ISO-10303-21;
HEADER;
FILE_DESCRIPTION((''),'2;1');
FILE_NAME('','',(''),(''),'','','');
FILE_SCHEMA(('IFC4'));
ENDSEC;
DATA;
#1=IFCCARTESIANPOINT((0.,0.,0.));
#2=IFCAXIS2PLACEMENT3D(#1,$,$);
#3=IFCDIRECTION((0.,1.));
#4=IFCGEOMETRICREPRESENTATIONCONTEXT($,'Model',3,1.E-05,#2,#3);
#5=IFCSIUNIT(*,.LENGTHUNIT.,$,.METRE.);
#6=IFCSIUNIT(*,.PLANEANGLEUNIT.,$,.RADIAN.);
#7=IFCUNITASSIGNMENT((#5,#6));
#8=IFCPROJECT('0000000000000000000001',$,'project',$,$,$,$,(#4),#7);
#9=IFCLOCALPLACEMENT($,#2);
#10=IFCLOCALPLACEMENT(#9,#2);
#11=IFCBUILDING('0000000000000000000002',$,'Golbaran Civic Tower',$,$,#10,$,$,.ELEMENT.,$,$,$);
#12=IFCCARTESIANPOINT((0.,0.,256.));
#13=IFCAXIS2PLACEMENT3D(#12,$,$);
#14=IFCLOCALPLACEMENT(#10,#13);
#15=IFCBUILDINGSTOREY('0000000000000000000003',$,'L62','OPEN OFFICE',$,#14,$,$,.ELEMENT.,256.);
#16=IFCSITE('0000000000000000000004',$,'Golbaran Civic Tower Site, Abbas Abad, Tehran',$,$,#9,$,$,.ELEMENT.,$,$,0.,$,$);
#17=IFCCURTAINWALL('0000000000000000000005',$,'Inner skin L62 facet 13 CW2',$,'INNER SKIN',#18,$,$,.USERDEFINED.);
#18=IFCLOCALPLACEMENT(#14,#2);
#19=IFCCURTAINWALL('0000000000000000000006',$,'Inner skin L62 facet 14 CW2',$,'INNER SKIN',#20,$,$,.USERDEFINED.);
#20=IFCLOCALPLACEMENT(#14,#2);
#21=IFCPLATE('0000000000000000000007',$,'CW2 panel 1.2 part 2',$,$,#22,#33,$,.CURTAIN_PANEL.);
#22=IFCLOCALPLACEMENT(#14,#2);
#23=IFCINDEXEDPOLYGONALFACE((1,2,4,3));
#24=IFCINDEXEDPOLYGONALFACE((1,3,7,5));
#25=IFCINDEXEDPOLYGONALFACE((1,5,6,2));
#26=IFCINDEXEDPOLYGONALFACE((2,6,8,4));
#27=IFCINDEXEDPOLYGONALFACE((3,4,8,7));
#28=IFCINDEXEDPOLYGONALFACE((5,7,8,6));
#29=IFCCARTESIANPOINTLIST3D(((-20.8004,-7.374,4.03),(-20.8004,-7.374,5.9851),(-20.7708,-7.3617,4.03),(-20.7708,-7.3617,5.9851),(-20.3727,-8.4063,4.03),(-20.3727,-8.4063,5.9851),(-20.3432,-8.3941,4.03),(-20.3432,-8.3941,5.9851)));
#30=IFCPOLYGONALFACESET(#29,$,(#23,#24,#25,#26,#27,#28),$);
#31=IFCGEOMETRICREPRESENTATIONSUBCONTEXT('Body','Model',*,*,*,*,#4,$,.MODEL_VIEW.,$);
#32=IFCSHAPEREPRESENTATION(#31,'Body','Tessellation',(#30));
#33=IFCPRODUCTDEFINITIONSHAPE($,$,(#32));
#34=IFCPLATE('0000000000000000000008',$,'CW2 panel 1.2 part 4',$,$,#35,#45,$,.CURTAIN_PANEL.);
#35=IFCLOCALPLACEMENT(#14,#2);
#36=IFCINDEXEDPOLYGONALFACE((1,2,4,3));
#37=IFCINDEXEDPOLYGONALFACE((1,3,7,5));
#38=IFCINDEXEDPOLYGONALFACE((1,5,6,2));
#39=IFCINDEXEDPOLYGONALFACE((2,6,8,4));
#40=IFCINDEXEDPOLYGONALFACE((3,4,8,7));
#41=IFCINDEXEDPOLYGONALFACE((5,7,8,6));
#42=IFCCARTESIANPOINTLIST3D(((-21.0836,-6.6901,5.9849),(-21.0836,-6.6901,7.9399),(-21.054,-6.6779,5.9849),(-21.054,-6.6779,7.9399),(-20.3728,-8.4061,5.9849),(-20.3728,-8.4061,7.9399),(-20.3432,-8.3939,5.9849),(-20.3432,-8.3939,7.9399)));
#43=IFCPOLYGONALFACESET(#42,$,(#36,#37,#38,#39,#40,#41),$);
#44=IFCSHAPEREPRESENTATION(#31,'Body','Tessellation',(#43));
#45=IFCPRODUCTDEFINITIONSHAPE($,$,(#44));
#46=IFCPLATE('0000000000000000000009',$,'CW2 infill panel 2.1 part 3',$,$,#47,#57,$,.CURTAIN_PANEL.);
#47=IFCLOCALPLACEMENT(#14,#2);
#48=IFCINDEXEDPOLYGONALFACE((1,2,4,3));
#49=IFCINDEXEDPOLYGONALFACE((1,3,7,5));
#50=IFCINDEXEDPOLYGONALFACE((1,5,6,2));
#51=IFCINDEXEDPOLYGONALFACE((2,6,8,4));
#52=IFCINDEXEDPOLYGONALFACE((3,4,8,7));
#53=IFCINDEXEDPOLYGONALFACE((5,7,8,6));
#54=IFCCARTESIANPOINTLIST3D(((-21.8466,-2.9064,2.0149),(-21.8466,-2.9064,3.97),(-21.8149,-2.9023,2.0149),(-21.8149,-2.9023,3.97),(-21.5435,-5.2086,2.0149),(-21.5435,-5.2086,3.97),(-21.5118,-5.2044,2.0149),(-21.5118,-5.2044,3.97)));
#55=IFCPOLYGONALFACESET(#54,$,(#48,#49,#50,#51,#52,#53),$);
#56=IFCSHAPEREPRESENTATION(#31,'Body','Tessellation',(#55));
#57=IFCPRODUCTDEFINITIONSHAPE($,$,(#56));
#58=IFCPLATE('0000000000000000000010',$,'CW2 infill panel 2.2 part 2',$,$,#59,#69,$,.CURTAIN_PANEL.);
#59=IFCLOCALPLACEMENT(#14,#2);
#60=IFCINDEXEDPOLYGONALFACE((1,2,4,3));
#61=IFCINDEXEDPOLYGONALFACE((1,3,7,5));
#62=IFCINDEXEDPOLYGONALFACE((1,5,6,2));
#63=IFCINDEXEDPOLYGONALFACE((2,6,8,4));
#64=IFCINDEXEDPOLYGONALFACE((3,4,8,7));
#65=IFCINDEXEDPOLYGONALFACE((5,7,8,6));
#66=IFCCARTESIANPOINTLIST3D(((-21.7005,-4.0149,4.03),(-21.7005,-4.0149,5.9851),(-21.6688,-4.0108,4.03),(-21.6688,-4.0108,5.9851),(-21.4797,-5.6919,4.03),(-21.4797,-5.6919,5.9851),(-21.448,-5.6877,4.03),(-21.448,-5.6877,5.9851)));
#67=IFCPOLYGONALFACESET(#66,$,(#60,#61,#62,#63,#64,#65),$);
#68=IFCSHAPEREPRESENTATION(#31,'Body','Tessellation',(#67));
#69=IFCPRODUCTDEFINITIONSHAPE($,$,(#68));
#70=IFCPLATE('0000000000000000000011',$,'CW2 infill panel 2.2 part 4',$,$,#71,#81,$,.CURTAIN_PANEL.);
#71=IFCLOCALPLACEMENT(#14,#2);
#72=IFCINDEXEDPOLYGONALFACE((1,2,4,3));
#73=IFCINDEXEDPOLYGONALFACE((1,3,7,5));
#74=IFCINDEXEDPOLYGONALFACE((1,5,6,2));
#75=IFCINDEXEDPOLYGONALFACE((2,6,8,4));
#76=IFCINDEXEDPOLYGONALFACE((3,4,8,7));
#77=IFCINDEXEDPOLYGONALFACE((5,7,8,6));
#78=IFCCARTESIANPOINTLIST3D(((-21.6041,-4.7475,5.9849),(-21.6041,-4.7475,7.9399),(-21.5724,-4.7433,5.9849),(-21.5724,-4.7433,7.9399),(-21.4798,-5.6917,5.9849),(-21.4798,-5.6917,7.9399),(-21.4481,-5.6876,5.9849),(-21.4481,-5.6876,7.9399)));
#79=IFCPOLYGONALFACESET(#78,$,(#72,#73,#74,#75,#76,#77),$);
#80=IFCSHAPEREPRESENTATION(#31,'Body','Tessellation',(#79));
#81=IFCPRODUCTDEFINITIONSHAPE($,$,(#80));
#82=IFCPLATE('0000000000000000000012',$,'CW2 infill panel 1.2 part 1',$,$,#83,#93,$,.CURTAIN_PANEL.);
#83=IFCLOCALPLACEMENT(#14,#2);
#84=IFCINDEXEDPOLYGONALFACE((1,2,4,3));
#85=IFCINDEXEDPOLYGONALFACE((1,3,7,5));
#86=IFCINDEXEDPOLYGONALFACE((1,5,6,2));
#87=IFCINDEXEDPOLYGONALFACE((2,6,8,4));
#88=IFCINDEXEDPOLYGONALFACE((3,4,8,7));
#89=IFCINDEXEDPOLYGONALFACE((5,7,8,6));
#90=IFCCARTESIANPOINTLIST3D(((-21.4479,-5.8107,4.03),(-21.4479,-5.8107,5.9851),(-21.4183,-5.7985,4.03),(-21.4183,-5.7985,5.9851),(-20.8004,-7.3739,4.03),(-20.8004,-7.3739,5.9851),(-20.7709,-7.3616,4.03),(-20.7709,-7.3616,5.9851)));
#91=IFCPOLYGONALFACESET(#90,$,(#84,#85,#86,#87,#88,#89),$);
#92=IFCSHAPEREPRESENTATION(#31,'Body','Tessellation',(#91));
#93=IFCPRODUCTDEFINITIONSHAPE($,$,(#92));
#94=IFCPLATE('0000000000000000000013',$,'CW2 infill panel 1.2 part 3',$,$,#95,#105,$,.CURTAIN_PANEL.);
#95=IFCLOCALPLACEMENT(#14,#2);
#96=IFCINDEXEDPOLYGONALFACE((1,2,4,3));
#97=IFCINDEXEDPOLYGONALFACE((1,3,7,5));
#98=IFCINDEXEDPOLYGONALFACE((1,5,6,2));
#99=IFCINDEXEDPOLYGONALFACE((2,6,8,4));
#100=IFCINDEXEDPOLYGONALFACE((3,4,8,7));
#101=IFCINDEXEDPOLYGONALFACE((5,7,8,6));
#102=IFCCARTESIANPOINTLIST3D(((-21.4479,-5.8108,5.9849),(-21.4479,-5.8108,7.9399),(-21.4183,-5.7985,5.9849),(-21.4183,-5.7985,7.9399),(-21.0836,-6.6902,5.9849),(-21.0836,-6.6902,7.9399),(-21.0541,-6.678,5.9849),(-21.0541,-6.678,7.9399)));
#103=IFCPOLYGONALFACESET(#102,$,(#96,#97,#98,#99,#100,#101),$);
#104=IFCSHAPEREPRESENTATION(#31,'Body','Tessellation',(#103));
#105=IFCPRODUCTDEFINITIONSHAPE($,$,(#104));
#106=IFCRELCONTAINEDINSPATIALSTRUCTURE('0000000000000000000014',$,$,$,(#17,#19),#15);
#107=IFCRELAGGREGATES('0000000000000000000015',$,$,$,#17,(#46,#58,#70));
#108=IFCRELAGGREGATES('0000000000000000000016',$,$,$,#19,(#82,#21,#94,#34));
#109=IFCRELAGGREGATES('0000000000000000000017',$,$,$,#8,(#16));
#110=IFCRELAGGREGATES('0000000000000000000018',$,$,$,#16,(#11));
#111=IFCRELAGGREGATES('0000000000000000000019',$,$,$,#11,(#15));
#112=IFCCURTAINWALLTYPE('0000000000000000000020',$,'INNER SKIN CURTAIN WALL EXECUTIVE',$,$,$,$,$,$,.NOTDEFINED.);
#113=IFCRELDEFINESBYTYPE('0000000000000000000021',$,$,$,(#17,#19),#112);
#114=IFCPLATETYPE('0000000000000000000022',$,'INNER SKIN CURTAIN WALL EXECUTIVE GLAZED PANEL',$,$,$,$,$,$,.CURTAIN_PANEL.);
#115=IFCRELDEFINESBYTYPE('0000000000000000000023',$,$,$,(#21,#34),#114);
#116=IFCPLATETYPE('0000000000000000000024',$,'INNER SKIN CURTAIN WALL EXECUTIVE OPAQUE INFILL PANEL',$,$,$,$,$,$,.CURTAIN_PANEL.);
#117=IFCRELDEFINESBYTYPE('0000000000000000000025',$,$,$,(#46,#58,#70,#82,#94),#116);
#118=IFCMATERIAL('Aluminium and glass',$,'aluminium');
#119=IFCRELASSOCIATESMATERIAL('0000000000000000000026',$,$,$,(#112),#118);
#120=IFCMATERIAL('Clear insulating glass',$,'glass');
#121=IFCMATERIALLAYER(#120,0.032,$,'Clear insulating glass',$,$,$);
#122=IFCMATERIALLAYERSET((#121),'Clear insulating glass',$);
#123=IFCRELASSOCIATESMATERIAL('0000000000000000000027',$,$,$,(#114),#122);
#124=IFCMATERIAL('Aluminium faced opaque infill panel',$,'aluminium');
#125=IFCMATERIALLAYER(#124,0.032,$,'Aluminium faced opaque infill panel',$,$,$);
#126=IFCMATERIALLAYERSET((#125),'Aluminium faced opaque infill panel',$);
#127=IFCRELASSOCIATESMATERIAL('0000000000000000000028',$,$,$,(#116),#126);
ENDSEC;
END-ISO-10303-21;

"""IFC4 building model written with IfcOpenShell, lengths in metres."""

from ifc_helpers import new_model, si_unit, direction, frame, origin, origin_2d, place, context, subcontext, project, spatial, rectangle, extrude, material, layer, layer_set, type_object, element, aggregate, save


model = new_model("IFC4")

# Units and contexts
model_context = context("Model", 3, precision=1e-05, world=origin(), true_north=direction((0.0, 1.0)))
body_context = subcontext(model_context, "Body", "Model", "MODEL_VIEW")
ifc_project = project(units=[si_unit("LENGTHUNIT", "METRE"), si_unit("PLANEANGLEUNIT", "RADIAN")], contexts=[model_context])

# Site, building, storey
site_placement = place(None, origin())
site = spatial("IfcSite", under=ifc_project, at=site_placement, Name="Golbaran Civic Tower Site, Abbas Abad, Tehran", CompositionType="ELEMENT", RefElevation=0.0)
building_placement = place(site_placement, origin())
building = spatial("IfcBuilding", under=site, at=building_placement, Name="Golbaran Civic Tower", CompositionType="ELEMENT")
storey_placement = place(building_placement, frame((0.0, 0.0, 256.0)))
storey = spatial("IfcBuildingStorey", under=building, at=storey_placement, Name="L62", Description="OPEN OFFICE", CompositionType="ELEMENT", Elevation=256.0)

# Curtain walls
ifc_material_1 = material(Name="Aluminium and glass", Category="aluminium")
curtain_wall_type = type_object("IfcCurtainWallType", Name="INNER SKIN CURTAIN WALL EXECUTIVE", PredefinedType="NOTDEFINED", material=ifc_material_1)
curtain_wall_1_placement = place(storey_placement, origin())
curtain_wall_1 = element("IfcCurtainWall", 1, at=curtain_wall_1_placement, inside=storey, type_object=curtain_wall_type, Name="Inner skin L62 facet 13 CW2", ObjectType="INNER SKIN", PredefinedType="USERDEFINED")
curtain_wall_2_placement = place(storey_placement, origin())
curtain_wall_2 = element("IfcCurtainWall", 2, at=curtain_wall_2_placement, inside=storey, type_object=curtain_wall_type, Name="Inner skin L62 facet 14 CW2", ObjectType="INNER SKIN", PredefinedType="USERDEFINED")

# Plates
ifc_material_2 = material(Name="Clear insulating glass", Category="glass")
ifc_layer_1 = layer(ifc_material_2, 0.032, Name="Clear insulating glass")
ifc_layer_set_1 = layer_set([ifc_layer_1], Name="Clear insulating glass")
plate_type_1 = type_object("IfcPlateType", Name="INNER SKIN CURTAIN WALL EXECUTIVE GLAZED PANEL", PredefinedType="CURTAIN_PANEL", material=ifc_layer_set_1)
plate_1_placement = place(storey_placement, frame((-20.5718, -7.884, 4.03), z_axis=(0.0, 0.0, 1.0), x_axis=(0.382683, -0.92388, 0.0)))
plate_1 = element("IfcPlate", 3, at=plate_1_placement, type_object=plate_type_1, Name="CW2 panel 1.2 part 2", PredefinedType="CURTAIN_PANEL", context=body_context, shape_type="SweptSolid", body=[
    extrude(rectangle(XDim=1.1174, YDim=0.032, at=origin_2d()), origin(), (0.0, 0.0, 1.0), 1.9551),
])
plate_2_placement = place(storey_placement, frame((-20.7134, -7.542, 5.9849), z_axis=(0.0, 0.0, 1.0), x_axis=(0.382683, -0.92388, 0.0)))
plate_2 = element("IfcPlate", 4, at=plate_2_placement, type_object=plate_type_1, Name="CW2 panel 1.2 part 4", PredefinedType="CURTAIN_PANEL", context=body_context, shape_type="SweptSolid", body=[
    extrude(rectangle(XDim=1.8574, YDim=0.032, at=origin_2d()), origin(), (0.0, 0.0, 1.0), 1.9551),
])
ifc_material_3 = material(Name="Aluminium faced opaque infill panel", Category="aluminium")
ifc_layer_2 = layer(ifc_material_3, 0.032, Name="Aluminium faced opaque infill panel")
ifc_layer_set_2 = layer_set([ifc_layer_2], Name="Aluminium faced opaque infill panel")
plate_type_2 = type_object("IfcPlateType", Name="INNER SKIN CURTAIN WALL EXECUTIVE OPAQUE INFILL PANEL", PredefinedType="CURTAIN_PANEL", material=ifc_layer_set_2)
plate_3_placement = place(storey_placement, frame((-21.6792, -4.0554, 2.0149), z_axis=(0.0, 0.0, 1.0), x_axis=(0.130526, -0.991445, 0.0)))
plate_3 = element("IfcPlate", 5, at=plate_3_placement, type_object=plate_type_2, Name="CW2 infill panel 2.1 part 3", PredefinedType="CURTAIN_PANEL", context=body_context, shape_type="SweptSolid", body=[
    extrude(rectangle(XDim=2.322, YDim=0.032, at=origin_2d()), origin(), (0.0, 0.0, 1.0), 1.9551),
])
plate_4_placement = place(storey_placement, frame((-21.5742, -4.8513, 4.03), z_axis=(0.0, 0.0, 1.0), x_axis=(0.130526, -0.991445, 0.0)))
plate_4 = element("IfcPlate", 6, at=plate_4_placement, type_object=plate_type_2, Name="CW2 infill panel 2.2 part 2", PredefinedType="CURTAIN_PANEL", context=body_context, shape_type="SweptSolid", body=[
    extrude(rectangle(XDim=1.6914, YDim=0.032, at=origin_2d()), origin(), (0.0, 0.0, 1.0), 1.9551),
])
plate_5_placement = place(storey_placement, frame((-21.5261, -5.2175, 5.9849), z_axis=(0.0, 0.0, 1.0), x_axis=(0.130526, -0.991445, 0.0)))
plate_5 = element("IfcPlate", 7, at=plate_5_placement, type_object=plate_type_2, Name="CW2 infill panel 2.2 part 4", PredefinedType="CURTAIN_PANEL", context=body_context, shape_type="SweptSolid", body=[
    extrude(rectangle(XDim=0.9524, YDim=0.032, at=origin_2d()), origin(), (0.0, 0.0, 1.0), 1.9551),
])
aggregate(curtain_wall_1, [plate_3, plate_4, plate_5])
plate_6_placement = place(storey_placement, frame((-21.1094, -6.5862, 4.03), z_axis=(0.0, 0.0, 1.0), x_axis=(0.382683, -0.92388, 0.0)))
plate_6 = element("IfcPlate", 8, at=plate_6_placement, type_object=plate_type_2, Name="CW2 infill panel 1.2 part 1", PredefinedType="CURTAIN_PANEL", context=body_context, shape_type="SweptSolid", body=[
    extrude(rectangle(XDim=1.6919, YDim=0.032, at=origin_2d()), origin(), (0.0, 0.0, 1.0), 1.9551),
])
plate_7_placement = place(storey_placement, frame((-21.251, -6.2444, 5.9849), z_axis=(0.0, 0.0, 1.0), x_axis=(0.382683, -0.92388, 0.0)))
plate_7 = element("IfcPlate", 9, at=plate_7_placement, type_object=plate_type_2, Name="CW2 infill panel 1.2 part 3", PredefinedType="CURTAIN_PANEL", context=body_context, shape_type="SweptSolid", body=[
    extrude(rectangle(XDim=0.9519, YDim=0.032, at=origin_2d()), origin(), (0.0, 0.0, 1.0), 1.9551),
])
aggregate(curtain_wall_2, [plate_6, plate_1, plate_7, plate_2])

save(model, "model.ifc")
